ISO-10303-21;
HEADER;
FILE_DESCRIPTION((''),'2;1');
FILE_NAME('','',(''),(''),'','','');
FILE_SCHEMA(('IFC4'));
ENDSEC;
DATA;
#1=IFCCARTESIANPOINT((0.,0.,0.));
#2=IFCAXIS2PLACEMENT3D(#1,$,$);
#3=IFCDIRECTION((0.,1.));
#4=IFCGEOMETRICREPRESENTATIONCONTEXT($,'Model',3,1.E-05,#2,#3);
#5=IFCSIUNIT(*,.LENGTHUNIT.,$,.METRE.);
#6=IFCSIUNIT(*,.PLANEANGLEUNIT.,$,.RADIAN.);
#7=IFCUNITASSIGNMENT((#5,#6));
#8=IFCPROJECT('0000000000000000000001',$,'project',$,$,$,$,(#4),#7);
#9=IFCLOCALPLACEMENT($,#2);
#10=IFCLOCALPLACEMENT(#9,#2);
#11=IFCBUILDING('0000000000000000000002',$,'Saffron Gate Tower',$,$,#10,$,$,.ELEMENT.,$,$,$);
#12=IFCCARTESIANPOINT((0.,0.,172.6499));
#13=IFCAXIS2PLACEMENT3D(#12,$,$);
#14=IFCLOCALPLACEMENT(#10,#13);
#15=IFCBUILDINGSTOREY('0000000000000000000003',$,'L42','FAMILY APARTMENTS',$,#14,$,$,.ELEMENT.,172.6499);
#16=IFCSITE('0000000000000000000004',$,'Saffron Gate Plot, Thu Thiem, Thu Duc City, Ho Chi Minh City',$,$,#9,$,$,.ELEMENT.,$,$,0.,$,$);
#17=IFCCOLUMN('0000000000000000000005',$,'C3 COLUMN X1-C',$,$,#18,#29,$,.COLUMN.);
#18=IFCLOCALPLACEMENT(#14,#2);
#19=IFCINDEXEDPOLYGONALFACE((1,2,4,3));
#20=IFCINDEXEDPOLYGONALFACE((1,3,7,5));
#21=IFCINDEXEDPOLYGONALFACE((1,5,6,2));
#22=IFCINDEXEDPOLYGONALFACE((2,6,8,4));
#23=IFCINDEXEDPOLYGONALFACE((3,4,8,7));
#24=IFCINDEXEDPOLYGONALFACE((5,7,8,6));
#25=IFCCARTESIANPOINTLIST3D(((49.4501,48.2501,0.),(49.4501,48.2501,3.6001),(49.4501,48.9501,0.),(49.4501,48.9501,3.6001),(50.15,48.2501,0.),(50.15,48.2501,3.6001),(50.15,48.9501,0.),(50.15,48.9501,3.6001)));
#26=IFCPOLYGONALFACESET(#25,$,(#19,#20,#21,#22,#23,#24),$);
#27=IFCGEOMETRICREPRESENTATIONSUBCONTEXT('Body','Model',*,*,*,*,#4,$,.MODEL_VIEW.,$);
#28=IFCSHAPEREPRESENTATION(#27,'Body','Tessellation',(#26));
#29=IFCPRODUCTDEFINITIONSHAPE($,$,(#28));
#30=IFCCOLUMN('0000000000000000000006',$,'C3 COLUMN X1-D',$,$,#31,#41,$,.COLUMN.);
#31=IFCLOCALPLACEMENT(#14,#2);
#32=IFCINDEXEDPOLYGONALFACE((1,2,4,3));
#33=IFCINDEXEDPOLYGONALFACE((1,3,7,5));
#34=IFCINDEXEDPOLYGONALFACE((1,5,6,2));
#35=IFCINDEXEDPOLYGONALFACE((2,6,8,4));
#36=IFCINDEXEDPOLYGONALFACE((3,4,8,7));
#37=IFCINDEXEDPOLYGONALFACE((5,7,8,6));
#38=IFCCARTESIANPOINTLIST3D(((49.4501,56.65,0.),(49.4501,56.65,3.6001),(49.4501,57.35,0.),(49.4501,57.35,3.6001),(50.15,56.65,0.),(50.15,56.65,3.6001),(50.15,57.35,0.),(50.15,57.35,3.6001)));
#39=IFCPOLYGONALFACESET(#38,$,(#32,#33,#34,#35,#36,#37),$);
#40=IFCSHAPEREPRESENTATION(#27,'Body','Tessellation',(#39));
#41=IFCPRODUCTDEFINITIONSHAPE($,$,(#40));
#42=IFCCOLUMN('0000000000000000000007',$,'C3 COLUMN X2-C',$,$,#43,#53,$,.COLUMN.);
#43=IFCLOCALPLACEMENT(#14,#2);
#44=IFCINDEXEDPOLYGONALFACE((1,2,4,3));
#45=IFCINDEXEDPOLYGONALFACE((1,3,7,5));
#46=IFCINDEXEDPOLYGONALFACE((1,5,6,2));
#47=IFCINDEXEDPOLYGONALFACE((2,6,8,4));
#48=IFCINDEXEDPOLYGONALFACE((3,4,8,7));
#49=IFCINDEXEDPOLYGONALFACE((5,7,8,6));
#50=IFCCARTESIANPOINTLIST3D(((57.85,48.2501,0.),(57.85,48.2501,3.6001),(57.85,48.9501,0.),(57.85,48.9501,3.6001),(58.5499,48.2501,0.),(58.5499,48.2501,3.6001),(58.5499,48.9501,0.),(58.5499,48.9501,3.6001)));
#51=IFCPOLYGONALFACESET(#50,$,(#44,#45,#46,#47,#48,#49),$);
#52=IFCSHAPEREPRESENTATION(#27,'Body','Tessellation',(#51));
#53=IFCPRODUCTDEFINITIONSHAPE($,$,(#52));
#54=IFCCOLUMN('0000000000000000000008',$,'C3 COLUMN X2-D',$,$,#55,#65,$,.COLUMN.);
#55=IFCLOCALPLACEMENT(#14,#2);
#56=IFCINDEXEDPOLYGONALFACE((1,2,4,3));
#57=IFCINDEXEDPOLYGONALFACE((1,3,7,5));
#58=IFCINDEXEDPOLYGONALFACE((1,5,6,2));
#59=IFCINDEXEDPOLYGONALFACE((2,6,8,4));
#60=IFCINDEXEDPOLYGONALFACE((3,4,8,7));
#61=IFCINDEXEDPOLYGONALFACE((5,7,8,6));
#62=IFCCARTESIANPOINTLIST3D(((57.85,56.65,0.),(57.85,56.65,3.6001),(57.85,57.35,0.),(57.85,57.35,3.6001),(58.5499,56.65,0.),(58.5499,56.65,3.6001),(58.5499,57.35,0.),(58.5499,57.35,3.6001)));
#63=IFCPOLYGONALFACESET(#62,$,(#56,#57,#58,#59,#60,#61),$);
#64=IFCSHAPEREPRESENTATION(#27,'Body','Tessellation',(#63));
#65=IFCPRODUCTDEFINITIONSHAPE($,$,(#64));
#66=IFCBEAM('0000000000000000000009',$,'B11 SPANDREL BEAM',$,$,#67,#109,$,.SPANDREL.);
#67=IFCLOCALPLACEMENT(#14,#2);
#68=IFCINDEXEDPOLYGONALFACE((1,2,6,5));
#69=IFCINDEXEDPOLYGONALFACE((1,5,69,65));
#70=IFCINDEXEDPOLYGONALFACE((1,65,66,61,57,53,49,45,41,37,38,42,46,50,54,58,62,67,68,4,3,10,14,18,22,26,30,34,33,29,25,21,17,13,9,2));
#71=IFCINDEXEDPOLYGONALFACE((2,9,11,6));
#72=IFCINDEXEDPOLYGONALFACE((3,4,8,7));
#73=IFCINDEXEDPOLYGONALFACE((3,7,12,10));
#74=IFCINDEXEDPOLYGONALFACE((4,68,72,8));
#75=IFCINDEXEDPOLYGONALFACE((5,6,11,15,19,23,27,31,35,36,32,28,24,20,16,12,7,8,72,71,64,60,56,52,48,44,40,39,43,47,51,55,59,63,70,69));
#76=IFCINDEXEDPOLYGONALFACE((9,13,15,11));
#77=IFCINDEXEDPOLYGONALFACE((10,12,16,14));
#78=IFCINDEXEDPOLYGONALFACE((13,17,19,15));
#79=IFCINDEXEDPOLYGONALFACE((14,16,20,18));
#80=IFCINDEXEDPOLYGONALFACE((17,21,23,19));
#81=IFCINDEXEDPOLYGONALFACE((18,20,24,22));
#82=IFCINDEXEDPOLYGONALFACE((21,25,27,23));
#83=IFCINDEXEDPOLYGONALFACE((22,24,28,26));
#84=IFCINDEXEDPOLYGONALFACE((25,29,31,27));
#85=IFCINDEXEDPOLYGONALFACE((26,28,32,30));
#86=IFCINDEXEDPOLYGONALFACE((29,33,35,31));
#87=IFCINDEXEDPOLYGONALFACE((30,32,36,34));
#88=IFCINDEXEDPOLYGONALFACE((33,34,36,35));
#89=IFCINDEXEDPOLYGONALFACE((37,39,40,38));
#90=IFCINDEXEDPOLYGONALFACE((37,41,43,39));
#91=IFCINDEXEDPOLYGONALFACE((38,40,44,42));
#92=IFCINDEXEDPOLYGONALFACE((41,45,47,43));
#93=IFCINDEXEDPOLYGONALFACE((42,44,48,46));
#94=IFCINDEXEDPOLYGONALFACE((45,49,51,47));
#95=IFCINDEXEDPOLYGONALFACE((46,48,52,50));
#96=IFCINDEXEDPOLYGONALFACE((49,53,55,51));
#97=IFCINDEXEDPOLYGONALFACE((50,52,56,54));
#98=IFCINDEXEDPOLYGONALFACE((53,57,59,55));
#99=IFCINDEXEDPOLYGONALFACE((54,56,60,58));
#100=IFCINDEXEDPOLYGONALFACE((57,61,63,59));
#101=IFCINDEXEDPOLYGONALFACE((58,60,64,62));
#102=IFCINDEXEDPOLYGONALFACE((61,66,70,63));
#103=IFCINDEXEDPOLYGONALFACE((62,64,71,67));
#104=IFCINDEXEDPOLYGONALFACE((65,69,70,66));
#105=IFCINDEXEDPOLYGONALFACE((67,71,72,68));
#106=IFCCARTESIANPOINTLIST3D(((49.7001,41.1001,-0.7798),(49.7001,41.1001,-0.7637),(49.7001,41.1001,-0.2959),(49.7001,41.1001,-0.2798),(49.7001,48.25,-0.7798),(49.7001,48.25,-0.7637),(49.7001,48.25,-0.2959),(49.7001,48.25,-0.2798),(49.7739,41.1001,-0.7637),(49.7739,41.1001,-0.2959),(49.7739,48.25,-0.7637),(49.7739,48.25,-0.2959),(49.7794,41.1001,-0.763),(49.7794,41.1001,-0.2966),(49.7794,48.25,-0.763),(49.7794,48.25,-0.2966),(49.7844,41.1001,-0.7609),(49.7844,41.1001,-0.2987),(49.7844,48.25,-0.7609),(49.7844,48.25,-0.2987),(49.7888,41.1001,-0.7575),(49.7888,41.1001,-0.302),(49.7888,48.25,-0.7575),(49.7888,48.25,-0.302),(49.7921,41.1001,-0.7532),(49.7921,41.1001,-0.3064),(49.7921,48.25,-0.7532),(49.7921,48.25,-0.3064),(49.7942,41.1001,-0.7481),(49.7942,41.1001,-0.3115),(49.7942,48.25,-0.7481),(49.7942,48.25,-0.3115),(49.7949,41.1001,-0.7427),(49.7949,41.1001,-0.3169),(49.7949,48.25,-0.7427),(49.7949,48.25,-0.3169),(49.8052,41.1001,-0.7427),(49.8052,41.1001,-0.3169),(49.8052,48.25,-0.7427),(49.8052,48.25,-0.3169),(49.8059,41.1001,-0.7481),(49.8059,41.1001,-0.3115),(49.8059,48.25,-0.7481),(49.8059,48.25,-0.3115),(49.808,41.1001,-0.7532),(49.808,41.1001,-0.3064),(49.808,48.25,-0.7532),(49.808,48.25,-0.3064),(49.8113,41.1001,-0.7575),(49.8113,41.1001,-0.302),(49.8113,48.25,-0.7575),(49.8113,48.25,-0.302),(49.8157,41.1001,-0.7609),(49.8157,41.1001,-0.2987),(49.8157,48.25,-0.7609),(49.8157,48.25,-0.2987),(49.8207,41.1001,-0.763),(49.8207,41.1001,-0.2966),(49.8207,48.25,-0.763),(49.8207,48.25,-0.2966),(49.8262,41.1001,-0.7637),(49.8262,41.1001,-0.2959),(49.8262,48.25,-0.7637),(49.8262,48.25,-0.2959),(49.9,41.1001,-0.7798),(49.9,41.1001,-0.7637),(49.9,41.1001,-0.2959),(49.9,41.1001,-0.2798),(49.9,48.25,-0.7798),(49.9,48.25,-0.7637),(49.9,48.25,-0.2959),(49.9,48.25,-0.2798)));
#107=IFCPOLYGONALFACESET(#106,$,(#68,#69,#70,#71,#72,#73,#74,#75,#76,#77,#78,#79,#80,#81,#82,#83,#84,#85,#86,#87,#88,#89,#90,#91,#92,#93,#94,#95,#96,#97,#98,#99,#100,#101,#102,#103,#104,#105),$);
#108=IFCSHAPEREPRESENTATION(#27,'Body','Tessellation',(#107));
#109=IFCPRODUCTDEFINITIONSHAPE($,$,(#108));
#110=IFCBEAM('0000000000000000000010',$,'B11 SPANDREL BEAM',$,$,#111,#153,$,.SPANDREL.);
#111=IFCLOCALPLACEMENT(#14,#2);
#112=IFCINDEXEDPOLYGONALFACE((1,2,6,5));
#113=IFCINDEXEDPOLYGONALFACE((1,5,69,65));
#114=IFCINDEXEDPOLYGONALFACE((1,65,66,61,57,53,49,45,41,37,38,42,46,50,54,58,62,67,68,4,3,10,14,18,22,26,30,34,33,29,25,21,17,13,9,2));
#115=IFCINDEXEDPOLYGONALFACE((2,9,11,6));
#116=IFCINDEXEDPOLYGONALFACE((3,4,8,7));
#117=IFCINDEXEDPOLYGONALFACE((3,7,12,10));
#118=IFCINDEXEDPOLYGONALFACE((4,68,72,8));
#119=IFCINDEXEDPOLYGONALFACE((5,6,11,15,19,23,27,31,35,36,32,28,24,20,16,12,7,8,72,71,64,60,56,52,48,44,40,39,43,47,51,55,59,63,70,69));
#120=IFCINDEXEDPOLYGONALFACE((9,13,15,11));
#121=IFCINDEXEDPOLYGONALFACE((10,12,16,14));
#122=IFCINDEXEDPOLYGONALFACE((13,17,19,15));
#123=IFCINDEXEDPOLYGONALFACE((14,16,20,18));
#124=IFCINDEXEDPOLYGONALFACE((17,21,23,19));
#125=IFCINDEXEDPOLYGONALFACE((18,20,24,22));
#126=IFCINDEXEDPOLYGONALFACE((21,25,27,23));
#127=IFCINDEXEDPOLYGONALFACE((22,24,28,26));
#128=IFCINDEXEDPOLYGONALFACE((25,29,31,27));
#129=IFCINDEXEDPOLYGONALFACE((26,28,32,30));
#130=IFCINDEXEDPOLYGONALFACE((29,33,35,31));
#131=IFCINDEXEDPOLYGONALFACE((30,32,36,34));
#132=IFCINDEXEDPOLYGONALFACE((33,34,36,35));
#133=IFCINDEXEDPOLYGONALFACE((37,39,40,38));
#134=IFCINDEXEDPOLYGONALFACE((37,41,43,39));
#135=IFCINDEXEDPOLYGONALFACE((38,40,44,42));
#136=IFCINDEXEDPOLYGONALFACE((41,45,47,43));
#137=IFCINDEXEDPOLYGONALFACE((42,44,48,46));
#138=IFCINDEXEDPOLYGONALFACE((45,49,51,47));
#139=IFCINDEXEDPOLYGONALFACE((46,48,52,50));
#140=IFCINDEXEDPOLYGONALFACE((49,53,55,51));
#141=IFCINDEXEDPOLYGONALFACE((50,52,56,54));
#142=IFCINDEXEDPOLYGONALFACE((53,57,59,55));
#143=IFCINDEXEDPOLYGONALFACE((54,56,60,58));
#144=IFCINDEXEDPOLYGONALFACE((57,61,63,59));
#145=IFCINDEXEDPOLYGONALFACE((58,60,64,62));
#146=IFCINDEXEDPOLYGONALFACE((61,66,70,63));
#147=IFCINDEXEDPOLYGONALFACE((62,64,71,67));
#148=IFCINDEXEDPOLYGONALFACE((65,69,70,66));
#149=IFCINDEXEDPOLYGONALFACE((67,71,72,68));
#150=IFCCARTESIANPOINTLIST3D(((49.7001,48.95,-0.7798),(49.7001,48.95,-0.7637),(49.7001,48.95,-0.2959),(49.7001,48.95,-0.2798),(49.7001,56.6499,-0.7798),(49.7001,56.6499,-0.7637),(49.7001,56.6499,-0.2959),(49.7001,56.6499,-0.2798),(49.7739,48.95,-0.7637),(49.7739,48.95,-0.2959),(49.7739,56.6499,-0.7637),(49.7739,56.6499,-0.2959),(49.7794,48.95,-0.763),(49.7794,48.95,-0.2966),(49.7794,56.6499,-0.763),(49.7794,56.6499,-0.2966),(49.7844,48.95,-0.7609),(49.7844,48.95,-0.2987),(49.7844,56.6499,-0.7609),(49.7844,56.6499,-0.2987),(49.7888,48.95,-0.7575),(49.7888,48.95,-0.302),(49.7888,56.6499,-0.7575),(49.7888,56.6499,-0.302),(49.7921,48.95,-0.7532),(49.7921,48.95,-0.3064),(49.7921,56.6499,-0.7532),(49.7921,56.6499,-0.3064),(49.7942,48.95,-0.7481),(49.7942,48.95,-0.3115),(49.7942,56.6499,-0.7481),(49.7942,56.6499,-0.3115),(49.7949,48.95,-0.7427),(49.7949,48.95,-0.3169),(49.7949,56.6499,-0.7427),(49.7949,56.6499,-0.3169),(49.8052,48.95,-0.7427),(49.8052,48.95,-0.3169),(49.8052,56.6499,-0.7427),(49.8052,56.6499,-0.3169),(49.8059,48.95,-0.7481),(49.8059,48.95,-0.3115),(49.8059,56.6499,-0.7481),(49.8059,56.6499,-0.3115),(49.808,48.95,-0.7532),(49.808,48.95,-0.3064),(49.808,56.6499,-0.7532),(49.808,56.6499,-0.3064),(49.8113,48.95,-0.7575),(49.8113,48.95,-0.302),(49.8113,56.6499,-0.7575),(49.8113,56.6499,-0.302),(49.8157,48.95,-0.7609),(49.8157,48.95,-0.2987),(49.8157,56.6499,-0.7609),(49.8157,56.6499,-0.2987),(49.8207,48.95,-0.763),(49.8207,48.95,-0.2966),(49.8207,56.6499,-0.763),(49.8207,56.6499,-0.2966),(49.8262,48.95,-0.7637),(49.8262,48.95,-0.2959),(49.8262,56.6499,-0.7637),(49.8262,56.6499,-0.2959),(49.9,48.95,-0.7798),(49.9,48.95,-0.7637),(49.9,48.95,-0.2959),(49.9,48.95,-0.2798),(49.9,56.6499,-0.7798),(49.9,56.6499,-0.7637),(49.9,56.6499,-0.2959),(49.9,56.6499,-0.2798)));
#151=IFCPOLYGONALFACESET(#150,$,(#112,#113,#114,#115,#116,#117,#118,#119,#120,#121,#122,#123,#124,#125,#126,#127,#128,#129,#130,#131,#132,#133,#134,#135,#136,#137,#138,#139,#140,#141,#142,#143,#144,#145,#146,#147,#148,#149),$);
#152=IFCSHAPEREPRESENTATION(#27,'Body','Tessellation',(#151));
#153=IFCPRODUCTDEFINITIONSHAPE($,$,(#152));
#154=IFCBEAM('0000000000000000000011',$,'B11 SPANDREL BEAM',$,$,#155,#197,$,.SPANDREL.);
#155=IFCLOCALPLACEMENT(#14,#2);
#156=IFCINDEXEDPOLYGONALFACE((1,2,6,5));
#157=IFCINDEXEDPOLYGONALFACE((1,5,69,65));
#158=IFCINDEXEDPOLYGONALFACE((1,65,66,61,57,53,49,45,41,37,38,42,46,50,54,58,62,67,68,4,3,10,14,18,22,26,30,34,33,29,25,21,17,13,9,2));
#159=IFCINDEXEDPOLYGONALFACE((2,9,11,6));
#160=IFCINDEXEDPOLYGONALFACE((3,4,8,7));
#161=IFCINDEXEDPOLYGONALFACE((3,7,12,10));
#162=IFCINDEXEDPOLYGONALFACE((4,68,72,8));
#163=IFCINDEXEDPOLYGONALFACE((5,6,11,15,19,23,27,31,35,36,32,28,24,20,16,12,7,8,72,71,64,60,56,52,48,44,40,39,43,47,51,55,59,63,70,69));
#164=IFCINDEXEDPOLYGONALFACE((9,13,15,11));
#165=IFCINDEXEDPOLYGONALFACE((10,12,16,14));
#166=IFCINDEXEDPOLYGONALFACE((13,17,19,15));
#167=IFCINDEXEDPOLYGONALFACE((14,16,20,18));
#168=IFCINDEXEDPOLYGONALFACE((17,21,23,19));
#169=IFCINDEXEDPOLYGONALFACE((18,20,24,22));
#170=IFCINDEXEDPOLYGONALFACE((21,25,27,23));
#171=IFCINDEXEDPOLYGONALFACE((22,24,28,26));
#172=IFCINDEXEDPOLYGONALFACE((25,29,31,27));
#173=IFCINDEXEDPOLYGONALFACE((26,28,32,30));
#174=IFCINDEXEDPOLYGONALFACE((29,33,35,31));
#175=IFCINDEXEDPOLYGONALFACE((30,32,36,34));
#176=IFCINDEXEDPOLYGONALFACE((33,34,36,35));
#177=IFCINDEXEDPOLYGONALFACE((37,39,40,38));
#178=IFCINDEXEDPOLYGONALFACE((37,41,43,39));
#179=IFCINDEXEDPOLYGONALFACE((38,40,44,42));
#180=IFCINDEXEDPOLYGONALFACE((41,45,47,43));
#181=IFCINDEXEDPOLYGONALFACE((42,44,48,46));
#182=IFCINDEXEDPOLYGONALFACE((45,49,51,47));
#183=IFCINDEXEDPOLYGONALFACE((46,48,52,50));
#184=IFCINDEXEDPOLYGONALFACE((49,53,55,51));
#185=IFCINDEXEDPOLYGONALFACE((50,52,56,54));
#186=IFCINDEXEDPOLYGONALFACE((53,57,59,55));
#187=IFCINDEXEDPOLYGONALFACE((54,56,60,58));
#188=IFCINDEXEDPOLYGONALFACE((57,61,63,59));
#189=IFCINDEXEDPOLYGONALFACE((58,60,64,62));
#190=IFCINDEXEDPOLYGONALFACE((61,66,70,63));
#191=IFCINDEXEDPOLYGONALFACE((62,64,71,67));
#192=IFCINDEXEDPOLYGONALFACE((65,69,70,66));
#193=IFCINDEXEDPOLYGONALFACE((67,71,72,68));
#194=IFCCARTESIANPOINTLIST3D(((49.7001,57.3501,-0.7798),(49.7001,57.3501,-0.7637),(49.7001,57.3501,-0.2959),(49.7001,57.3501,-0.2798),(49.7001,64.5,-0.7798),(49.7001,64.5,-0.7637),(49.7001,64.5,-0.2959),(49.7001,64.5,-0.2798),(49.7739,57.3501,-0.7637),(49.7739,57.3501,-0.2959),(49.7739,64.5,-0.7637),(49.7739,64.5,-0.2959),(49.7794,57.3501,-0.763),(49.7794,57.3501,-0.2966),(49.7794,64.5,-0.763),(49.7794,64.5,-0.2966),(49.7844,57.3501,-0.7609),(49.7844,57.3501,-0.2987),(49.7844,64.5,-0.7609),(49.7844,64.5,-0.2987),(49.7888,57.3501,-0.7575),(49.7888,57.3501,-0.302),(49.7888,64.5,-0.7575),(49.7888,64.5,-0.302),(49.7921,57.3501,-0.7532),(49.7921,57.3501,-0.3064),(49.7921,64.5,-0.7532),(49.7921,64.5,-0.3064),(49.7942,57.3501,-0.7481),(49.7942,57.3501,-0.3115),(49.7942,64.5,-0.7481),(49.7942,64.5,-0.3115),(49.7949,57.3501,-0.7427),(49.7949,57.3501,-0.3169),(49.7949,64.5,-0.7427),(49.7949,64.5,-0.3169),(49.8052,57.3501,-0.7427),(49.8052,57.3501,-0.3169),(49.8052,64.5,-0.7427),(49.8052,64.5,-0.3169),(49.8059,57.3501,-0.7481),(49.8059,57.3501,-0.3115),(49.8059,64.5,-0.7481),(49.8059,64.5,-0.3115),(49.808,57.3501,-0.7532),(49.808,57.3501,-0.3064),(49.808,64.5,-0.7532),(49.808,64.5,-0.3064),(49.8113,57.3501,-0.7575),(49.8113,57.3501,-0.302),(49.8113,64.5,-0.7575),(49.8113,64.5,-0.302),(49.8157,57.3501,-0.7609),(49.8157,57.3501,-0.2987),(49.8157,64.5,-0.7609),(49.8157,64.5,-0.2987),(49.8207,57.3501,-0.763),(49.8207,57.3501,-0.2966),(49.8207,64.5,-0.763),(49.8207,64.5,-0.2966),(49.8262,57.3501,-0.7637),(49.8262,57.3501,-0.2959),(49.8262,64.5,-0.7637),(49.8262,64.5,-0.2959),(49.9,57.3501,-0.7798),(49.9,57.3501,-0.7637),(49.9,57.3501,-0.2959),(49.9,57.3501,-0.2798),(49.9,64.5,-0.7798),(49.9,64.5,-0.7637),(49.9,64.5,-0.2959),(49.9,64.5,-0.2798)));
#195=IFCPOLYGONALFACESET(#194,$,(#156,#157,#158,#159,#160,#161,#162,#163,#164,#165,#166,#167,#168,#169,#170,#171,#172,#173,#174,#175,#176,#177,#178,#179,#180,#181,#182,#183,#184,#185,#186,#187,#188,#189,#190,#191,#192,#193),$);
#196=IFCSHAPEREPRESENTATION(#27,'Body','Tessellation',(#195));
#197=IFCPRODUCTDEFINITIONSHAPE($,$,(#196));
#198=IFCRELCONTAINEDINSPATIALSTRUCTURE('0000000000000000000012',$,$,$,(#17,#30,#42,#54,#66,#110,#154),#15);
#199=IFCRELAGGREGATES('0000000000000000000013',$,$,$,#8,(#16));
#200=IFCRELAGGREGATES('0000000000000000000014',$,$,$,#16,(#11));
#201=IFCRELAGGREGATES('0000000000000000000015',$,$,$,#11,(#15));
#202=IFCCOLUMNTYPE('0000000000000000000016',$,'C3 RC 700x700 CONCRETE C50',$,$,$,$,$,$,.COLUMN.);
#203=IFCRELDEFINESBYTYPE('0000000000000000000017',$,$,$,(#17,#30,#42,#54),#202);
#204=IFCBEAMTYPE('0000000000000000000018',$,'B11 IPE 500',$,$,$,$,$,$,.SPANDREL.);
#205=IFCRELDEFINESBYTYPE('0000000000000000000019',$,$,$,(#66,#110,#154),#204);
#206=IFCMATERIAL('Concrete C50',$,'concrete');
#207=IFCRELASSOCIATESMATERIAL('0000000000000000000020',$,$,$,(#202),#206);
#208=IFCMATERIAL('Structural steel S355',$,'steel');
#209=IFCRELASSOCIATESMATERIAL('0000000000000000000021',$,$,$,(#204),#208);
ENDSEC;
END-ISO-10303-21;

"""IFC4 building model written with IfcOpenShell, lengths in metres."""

from ifc_helpers import new_model, si_unit, direction, frame, origin, origin_2d, place, context, subcontext, project, spatial, rectangle, i_section, extrude, material, material_profile, profile_set, type_object, element, save


model = new_model("IFC4")

# Units and contexts
model_context = context("Model", 3, precision=1e-05, world=origin(), true_north=direction((0.0, 1.0)))
body_context = subcontext(model_context, "Body", "Model", "MODEL_VIEW")
ifc_project = project(units=[si_unit("LENGTHUNIT", "METRE"), si_unit("PLANEANGLEUNIT", "RADIAN")], contexts=[model_context])

# Site, building, storey
site_placement = place(None, origin())
site = spatial("IfcSite", under=ifc_project, at=site_placement, Name="Saffron Gate Plot, Thu Thiem, Thu Duc City, Ho Chi Minh City", CompositionType="ELEMENT", RefElevation=0.0)
building_placement = place(site_placement, origin())
building = spatial("IfcBuilding", under=site, at=building_placement, Name="Saffron Gate Tower", CompositionType="ELEMENT")
storey_placement = place(building_placement, frame((0.0, 0.0, 172.6499)))
storey = spatial("IfcBuildingStorey", under=building, at=storey_placement, Name="L42", Description="FAMILY APARTMENTS", CompositionType="ELEMENT", Elevation=172.6499)

# Columns
ifc_material_1 = material(Name="Concrete C50", Category="concrete")
ifc_material_profile_1 = material_profile(ifc_material_1, rectangle(XDim=0.7, YDim=0.7, at=origin_2d()))
ifc_profile_set_1 = profile_set([ifc_material_profile_1], Name="Concrete C50")
column_type = type_object("IfcColumnType", Name="C3 RC 700x700 CONCRETE C50", PredefinedType="COLUMN", material=ifc_profile_set_1)
for number, where, z_axis, x_axis, name in (
    (1, (49.8, 48.6001, 0.0), (0.0, 0.0, 1.0), (1.0, 0.0, 0.0), "C3 COLUMN X1-C"),
    (2, (49.8, 57.0, 0.0), (0.0, 0.0, 1.0), (1.0, 0.0, 0.0), "C3 COLUMN X1-D"),
    (3, (58.2, 48.6001, 0.0), (0.0, 0.0, 1.0), (1.0, 0.0, 0.0), "C3 COLUMN X2-C"),
    (4, (58.2, 57.0, 0.0), (0.0, 0.0, 1.0), (1.0, 0.0, 0.0), "C3 COLUMN X2-D"),
):
    element("IfcColumn", number, at=place(storey_placement, frame(where, z_axis=z_axis, x_axis=x_axis)), inside=storey, type_object=column_type, Name=name, PredefinedType="COLUMN", context=body_context, shape_type="SweptSolid", body=[
        extrude(rectangle(XDim=0.7, YDim=0.7, at=origin_2d()), origin(), (0.0, 0.0, 1.0), 3.6001),
    ])

# Beams
ifc_material_2 = material(Name="Structural steel S355", Category="steel")
ifc_material_profile_2 = material_profile(ifc_material_2, i_section(OverallWidth=0.2, OverallDepth=0.5, WebThickness=0.0103, FlangeThickness=0.0161, FilletRadius=0.021, at=origin_2d()))
ifc_profile_set_2 = profile_set([ifc_material_profile_2], Name="Structural steel S355")
beam_type = type_object("IfcBeamType", Name="B11 IPE 500", PredefinedType="SPANDREL", material=ifc_profile_set_2)
beam_1_placement = place(storey_placement, frame((49.8, 41.1001, -0.5298), z_axis=(0.0, 1.0, 0.0), x_axis=(-1.0, 0.0, 0.0)))
element("IfcBeam", 5, at=beam_1_placement, inside=storey, type_object=beam_type, Name="B11 SPANDREL BEAM", PredefinedType="SPANDREL", context=body_context, shape_type="SweptSolid", body=[
    extrude(i_section(OverallWidth=0.2, OverallDepth=0.5, WebThickness=0.0103, FlangeThickness=0.0161, FilletRadius=0.021, at=origin_2d()), origin(), (0.0, 0.0, 1.0), 7.1499),
])
beam_2_placement = place(storey_placement, frame((49.8, 48.95, -0.5298), z_axis=(0.0, 1.0, 0.0), x_axis=(-1.0, 0.0, 0.0)))
element("IfcBeam", 6, at=beam_2_placement, inside=storey, type_object=beam_type, Name="B11 SPANDREL BEAM", PredefinedType="SPANDREL", context=body_context, shape_type="SweptSolid", body=[
    extrude(i_section(OverallWidth=0.2, OverallDepth=0.5, WebThickness=0.0103, FlangeThickness=0.0161, FilletRadius=0.021, at=origin_2d()), origin(), (0.0, 0.0, 1.0), 7.7),
])
beam_3_placement = place(storey_placement, frame((49.8, 57.3501, -0.5298), z_axis=(0.0, 1.0, 0.0), x_axis=(-1.0, 0.0, 0.0)))
element("IfcBeam", 7, at=beam_3_placement, inside=storey, type_object=beam_type, Name="B11 SPANDREL BEAM", PredefinedType="SPANDREL", context=body_context, shape_type="SweptSolid", body=[
    extrude(i_section(OverallWidth=0.2, OverallDepth=0.5, WebThickness=0.0103, FlangeThickness=0.0161, FilletRadius=0.021, at=origin_2d()), origin(), (0.0, 0.0, 1.0), 7.1499),
])

save(model, "model.ifc")
